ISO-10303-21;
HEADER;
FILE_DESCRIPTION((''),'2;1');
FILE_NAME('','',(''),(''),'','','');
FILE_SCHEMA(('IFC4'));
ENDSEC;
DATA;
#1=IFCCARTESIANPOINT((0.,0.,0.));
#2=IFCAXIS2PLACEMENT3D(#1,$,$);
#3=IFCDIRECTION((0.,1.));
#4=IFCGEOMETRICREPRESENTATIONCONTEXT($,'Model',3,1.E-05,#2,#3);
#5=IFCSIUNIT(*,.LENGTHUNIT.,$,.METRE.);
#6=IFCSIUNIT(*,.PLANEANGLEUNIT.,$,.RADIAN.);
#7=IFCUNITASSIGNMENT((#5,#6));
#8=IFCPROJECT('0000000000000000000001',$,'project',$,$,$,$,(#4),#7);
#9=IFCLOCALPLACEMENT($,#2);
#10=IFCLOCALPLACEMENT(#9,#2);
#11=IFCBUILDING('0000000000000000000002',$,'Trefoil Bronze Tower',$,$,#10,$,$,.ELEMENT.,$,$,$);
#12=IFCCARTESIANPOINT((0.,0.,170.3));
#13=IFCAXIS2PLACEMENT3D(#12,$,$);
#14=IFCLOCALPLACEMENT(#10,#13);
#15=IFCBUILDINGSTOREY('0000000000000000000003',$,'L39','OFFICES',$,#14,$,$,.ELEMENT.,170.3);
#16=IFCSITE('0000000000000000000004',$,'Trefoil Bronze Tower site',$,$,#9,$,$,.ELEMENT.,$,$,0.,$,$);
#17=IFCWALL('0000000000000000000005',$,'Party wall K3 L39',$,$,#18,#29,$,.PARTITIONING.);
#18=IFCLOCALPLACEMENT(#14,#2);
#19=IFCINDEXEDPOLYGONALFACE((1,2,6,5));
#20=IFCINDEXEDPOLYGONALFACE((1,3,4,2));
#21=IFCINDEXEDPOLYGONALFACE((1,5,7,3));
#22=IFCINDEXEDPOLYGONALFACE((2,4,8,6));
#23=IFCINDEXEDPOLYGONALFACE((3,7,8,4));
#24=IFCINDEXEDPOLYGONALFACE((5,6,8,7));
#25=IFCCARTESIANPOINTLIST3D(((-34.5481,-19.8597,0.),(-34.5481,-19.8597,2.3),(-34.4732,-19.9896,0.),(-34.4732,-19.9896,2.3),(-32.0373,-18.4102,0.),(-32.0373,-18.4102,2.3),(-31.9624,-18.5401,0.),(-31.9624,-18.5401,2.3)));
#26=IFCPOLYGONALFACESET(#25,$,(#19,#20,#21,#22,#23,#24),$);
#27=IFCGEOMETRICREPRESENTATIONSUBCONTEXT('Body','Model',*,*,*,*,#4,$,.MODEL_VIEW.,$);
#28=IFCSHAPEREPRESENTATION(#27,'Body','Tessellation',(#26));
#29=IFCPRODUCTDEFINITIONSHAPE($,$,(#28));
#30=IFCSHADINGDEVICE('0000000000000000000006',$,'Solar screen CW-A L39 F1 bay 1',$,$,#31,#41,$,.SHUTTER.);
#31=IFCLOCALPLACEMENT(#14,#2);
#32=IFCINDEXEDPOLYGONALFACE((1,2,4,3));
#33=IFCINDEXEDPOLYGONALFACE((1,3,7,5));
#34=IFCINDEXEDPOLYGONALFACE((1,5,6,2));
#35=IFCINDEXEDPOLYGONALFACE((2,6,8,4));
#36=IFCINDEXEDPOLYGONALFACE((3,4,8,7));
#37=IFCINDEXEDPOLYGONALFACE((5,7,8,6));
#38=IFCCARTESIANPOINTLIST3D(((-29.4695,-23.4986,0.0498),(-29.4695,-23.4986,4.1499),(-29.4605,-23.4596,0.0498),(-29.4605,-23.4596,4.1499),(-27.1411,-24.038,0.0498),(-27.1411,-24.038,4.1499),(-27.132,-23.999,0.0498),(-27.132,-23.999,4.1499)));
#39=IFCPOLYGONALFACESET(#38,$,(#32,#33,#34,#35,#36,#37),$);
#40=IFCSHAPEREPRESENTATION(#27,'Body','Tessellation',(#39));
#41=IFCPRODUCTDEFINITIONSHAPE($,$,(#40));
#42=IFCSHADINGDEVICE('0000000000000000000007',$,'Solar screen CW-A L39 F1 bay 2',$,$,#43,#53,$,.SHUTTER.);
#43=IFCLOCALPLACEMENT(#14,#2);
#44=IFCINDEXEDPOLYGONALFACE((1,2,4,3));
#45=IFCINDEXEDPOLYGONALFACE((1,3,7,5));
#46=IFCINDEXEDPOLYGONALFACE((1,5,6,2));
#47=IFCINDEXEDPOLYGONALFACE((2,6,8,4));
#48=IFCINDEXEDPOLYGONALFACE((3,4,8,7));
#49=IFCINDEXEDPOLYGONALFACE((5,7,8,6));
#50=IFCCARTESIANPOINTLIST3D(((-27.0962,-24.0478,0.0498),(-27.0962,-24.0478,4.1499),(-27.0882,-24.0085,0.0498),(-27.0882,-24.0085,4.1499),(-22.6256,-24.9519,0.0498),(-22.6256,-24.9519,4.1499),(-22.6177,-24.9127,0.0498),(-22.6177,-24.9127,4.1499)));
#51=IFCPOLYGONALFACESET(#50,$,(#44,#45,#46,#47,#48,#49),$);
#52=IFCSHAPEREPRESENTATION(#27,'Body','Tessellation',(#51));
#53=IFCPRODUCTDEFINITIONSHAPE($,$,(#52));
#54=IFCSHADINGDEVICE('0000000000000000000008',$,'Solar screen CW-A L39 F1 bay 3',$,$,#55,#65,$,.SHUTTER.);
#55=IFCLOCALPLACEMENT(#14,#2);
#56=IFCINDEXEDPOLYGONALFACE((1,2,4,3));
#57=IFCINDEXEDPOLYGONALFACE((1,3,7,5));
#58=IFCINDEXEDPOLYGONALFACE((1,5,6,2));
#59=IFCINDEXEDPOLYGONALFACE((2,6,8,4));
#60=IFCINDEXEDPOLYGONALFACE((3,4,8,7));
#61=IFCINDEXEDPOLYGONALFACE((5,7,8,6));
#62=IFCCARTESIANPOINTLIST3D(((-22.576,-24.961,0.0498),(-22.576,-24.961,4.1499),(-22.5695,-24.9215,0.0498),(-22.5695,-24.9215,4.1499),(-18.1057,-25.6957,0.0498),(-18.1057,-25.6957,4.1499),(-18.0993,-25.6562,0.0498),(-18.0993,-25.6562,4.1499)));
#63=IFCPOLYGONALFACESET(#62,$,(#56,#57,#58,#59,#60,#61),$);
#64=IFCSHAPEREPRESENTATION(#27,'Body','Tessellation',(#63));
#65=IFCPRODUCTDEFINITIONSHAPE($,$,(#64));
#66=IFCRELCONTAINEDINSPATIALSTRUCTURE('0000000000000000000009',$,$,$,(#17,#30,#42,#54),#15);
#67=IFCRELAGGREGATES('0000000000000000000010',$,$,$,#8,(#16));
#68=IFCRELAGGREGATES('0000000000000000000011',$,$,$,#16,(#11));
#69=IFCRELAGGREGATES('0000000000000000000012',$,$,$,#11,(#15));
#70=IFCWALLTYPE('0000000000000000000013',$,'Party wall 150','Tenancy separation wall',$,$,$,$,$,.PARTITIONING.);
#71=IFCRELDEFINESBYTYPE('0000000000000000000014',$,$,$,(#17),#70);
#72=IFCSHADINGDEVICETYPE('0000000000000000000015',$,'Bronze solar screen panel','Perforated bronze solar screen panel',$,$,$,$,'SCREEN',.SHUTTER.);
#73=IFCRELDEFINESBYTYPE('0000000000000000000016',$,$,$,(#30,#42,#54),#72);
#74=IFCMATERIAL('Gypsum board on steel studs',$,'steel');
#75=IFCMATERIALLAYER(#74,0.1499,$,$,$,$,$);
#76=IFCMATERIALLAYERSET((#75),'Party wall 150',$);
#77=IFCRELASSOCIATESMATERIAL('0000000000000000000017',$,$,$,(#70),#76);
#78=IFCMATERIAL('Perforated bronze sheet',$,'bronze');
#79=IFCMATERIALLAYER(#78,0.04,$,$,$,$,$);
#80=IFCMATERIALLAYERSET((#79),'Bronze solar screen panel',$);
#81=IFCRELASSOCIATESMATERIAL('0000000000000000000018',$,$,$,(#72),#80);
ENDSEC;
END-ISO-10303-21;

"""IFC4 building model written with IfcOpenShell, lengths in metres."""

from ifc_helpers import new_model, si_unit, direction, frame, frame_2d, origin, origin_2d, place, context, subcontext, project, spatial, rectangle, extrude, material, layer, layer_set, type_object, element, save


model = new_model("IFC4")

# Units and contexts
model_context = context("Model", 3, precision=1e-05, world=origin(), true_north=direction((0.0, 1.0)))
body_context = subcontext(model_context, "Body", "Model", "MODEL_VIEW")
ifc_project = project(units=[si_unit("LENGTHUNIT", "METRE"), si_unit("PLANEANGLEUNIT", "RADIAN")], contexts=[model_context])

# Site, building, storey
site_placement = place(None, origin())
site = spatial("IfcSite", under=ifc_project, at=site_placement, Name="Trefoil Bronze Tower site", CompositionType="ELEMENT", RefElevation=0.0)
building_placement = place(site_placement, origin())
building = spatial("IfcBuilding", under=site, at=building_placement, Name="Trefoil Bronze Tower", CompositionType="ELEMENT")
storey_placement = place(building_placement, frame((0.0, 0.0, 170.3)))
storey = spatial("IfcBuildingStorey", under=building, at=storey_placement, Name="L39", Description="OFFICES", CompositionType="ELEMENT", Elevation=170.3)

# Wall
ifc_material_1 = material(Name="Gypsum board on steel studs", Category="steel")
ifc_layer_1 = layer(ifc_material_1, 0.1499)
ifc_layer_set_1 = layer_set([ifc_layer_1], Name="Party wall 150")
wall_type_1 = type_object("IfcWallType", Name="Party wall 150", Description="Tenancy separation wall", PredefinedType="PARTITIONING", material=ifc_layer_set_1)
wall_1_placement = place(storey_placement, frame((-31.9998, -18.4751, 0.0), z_axis=(0.0, 0.0, 1.0), x_axis=(-0.866043, -0.49997, 0.0)))
element("IfcWall", 1, at=wall_1_placement, inside=storey, type_object=wall_type_1, Name="Party wall K3 L39", PredefinedType="PARTITIONING", context=body_context, shape_type="SweptSolid", body=[
    extrude(rectangle(XDim=2.8992, YDim=0.1499, at=frame_2d((1.4497, 0.0))), origin(), (0.0, 0.0, 1.0), 2.3),
])

# Shading devices
ifc_material_2 = material(Name="Perforated bronze sheet", Category="bronze")
ifc_layer_2 = layer(ifc_material_2, 0.04)
ifc_layer_set_2 = layer_set([ifc_layer_2], Name="Bronze solar screen panel")
shading_device_type = type_object("IfcShadingDeviceType", Name="Bronze solar screen panel", Description="Perforated bronze solar screen panel", ElementType="SCREEN", PredefinedType="SHUTTER", material=ifc_layer_set_2)
shading_device_1_placement = place(storey_placement, frame((-28.3008, -23.7488, 0.0498), z_axis=(0.0, 0.0, 1.0), x_axis=(0.974204, -0.225667, 0.0)))
element("IfcShadingDevice", 2, at=shading_device_1_placement, inside=storey, type_object=shading_device_type, Name="Solar screen CW-A L39 F1 bay 1", PredefinedType="SHUTTER", context=body_context, shape_type="SweptSolid", body=[
    extrude(rectangle(XDim=2.3901, YDim=0.04, at=origin_2d()), origin(), (0.0, 0.0, 1.0), 4.1001),
])
shading_device_2_placement = place(storey_placement, frame((-24.8569, -24.4802, 0.0498), z_axis=(0.0, 0.0, 1.0), x_axis=(0.980155, -0.198232, 0.0)))
element("IfcShadingDevice", 3, at=shading_device_2_placement, inside=storey, type_object=shading_device_type, Name="Solar screen CW-A L39 F1 bay 2", PredefinedType="SHUTTER", context=body_context, shape_type="SweptSolid", body=[
    extrude(rectangle(XDim=4.561, YDim=0.04, at=origin_2d()), origin(), (0.0, 0.0, 1.0), 4.1001),
])
shading_device_3_placement = place(storey_placement, frame((-20.3376, -25.3086, 0.0498), z_axis=(0.0, 0.0, 1.0), x_axis=(0.98676, -0.162189, 0.0)))
element("IfcShadingDevice", 4, at=shading_device_3_placement, inside=storey, type_object=shading_device_type, Name="Solar screen CW-A L39 F1 bay 3", PredefinedType="SHUTTER", context=body_context, shape_type="SweptSolid", body=[
    extrude(rectangle(XDim=4.5303, YDim=0.04, at=origin_2d()), origin(), (0.0, 0.0, 1.0), 4.1001),
])

save(model, "model.ifc")
